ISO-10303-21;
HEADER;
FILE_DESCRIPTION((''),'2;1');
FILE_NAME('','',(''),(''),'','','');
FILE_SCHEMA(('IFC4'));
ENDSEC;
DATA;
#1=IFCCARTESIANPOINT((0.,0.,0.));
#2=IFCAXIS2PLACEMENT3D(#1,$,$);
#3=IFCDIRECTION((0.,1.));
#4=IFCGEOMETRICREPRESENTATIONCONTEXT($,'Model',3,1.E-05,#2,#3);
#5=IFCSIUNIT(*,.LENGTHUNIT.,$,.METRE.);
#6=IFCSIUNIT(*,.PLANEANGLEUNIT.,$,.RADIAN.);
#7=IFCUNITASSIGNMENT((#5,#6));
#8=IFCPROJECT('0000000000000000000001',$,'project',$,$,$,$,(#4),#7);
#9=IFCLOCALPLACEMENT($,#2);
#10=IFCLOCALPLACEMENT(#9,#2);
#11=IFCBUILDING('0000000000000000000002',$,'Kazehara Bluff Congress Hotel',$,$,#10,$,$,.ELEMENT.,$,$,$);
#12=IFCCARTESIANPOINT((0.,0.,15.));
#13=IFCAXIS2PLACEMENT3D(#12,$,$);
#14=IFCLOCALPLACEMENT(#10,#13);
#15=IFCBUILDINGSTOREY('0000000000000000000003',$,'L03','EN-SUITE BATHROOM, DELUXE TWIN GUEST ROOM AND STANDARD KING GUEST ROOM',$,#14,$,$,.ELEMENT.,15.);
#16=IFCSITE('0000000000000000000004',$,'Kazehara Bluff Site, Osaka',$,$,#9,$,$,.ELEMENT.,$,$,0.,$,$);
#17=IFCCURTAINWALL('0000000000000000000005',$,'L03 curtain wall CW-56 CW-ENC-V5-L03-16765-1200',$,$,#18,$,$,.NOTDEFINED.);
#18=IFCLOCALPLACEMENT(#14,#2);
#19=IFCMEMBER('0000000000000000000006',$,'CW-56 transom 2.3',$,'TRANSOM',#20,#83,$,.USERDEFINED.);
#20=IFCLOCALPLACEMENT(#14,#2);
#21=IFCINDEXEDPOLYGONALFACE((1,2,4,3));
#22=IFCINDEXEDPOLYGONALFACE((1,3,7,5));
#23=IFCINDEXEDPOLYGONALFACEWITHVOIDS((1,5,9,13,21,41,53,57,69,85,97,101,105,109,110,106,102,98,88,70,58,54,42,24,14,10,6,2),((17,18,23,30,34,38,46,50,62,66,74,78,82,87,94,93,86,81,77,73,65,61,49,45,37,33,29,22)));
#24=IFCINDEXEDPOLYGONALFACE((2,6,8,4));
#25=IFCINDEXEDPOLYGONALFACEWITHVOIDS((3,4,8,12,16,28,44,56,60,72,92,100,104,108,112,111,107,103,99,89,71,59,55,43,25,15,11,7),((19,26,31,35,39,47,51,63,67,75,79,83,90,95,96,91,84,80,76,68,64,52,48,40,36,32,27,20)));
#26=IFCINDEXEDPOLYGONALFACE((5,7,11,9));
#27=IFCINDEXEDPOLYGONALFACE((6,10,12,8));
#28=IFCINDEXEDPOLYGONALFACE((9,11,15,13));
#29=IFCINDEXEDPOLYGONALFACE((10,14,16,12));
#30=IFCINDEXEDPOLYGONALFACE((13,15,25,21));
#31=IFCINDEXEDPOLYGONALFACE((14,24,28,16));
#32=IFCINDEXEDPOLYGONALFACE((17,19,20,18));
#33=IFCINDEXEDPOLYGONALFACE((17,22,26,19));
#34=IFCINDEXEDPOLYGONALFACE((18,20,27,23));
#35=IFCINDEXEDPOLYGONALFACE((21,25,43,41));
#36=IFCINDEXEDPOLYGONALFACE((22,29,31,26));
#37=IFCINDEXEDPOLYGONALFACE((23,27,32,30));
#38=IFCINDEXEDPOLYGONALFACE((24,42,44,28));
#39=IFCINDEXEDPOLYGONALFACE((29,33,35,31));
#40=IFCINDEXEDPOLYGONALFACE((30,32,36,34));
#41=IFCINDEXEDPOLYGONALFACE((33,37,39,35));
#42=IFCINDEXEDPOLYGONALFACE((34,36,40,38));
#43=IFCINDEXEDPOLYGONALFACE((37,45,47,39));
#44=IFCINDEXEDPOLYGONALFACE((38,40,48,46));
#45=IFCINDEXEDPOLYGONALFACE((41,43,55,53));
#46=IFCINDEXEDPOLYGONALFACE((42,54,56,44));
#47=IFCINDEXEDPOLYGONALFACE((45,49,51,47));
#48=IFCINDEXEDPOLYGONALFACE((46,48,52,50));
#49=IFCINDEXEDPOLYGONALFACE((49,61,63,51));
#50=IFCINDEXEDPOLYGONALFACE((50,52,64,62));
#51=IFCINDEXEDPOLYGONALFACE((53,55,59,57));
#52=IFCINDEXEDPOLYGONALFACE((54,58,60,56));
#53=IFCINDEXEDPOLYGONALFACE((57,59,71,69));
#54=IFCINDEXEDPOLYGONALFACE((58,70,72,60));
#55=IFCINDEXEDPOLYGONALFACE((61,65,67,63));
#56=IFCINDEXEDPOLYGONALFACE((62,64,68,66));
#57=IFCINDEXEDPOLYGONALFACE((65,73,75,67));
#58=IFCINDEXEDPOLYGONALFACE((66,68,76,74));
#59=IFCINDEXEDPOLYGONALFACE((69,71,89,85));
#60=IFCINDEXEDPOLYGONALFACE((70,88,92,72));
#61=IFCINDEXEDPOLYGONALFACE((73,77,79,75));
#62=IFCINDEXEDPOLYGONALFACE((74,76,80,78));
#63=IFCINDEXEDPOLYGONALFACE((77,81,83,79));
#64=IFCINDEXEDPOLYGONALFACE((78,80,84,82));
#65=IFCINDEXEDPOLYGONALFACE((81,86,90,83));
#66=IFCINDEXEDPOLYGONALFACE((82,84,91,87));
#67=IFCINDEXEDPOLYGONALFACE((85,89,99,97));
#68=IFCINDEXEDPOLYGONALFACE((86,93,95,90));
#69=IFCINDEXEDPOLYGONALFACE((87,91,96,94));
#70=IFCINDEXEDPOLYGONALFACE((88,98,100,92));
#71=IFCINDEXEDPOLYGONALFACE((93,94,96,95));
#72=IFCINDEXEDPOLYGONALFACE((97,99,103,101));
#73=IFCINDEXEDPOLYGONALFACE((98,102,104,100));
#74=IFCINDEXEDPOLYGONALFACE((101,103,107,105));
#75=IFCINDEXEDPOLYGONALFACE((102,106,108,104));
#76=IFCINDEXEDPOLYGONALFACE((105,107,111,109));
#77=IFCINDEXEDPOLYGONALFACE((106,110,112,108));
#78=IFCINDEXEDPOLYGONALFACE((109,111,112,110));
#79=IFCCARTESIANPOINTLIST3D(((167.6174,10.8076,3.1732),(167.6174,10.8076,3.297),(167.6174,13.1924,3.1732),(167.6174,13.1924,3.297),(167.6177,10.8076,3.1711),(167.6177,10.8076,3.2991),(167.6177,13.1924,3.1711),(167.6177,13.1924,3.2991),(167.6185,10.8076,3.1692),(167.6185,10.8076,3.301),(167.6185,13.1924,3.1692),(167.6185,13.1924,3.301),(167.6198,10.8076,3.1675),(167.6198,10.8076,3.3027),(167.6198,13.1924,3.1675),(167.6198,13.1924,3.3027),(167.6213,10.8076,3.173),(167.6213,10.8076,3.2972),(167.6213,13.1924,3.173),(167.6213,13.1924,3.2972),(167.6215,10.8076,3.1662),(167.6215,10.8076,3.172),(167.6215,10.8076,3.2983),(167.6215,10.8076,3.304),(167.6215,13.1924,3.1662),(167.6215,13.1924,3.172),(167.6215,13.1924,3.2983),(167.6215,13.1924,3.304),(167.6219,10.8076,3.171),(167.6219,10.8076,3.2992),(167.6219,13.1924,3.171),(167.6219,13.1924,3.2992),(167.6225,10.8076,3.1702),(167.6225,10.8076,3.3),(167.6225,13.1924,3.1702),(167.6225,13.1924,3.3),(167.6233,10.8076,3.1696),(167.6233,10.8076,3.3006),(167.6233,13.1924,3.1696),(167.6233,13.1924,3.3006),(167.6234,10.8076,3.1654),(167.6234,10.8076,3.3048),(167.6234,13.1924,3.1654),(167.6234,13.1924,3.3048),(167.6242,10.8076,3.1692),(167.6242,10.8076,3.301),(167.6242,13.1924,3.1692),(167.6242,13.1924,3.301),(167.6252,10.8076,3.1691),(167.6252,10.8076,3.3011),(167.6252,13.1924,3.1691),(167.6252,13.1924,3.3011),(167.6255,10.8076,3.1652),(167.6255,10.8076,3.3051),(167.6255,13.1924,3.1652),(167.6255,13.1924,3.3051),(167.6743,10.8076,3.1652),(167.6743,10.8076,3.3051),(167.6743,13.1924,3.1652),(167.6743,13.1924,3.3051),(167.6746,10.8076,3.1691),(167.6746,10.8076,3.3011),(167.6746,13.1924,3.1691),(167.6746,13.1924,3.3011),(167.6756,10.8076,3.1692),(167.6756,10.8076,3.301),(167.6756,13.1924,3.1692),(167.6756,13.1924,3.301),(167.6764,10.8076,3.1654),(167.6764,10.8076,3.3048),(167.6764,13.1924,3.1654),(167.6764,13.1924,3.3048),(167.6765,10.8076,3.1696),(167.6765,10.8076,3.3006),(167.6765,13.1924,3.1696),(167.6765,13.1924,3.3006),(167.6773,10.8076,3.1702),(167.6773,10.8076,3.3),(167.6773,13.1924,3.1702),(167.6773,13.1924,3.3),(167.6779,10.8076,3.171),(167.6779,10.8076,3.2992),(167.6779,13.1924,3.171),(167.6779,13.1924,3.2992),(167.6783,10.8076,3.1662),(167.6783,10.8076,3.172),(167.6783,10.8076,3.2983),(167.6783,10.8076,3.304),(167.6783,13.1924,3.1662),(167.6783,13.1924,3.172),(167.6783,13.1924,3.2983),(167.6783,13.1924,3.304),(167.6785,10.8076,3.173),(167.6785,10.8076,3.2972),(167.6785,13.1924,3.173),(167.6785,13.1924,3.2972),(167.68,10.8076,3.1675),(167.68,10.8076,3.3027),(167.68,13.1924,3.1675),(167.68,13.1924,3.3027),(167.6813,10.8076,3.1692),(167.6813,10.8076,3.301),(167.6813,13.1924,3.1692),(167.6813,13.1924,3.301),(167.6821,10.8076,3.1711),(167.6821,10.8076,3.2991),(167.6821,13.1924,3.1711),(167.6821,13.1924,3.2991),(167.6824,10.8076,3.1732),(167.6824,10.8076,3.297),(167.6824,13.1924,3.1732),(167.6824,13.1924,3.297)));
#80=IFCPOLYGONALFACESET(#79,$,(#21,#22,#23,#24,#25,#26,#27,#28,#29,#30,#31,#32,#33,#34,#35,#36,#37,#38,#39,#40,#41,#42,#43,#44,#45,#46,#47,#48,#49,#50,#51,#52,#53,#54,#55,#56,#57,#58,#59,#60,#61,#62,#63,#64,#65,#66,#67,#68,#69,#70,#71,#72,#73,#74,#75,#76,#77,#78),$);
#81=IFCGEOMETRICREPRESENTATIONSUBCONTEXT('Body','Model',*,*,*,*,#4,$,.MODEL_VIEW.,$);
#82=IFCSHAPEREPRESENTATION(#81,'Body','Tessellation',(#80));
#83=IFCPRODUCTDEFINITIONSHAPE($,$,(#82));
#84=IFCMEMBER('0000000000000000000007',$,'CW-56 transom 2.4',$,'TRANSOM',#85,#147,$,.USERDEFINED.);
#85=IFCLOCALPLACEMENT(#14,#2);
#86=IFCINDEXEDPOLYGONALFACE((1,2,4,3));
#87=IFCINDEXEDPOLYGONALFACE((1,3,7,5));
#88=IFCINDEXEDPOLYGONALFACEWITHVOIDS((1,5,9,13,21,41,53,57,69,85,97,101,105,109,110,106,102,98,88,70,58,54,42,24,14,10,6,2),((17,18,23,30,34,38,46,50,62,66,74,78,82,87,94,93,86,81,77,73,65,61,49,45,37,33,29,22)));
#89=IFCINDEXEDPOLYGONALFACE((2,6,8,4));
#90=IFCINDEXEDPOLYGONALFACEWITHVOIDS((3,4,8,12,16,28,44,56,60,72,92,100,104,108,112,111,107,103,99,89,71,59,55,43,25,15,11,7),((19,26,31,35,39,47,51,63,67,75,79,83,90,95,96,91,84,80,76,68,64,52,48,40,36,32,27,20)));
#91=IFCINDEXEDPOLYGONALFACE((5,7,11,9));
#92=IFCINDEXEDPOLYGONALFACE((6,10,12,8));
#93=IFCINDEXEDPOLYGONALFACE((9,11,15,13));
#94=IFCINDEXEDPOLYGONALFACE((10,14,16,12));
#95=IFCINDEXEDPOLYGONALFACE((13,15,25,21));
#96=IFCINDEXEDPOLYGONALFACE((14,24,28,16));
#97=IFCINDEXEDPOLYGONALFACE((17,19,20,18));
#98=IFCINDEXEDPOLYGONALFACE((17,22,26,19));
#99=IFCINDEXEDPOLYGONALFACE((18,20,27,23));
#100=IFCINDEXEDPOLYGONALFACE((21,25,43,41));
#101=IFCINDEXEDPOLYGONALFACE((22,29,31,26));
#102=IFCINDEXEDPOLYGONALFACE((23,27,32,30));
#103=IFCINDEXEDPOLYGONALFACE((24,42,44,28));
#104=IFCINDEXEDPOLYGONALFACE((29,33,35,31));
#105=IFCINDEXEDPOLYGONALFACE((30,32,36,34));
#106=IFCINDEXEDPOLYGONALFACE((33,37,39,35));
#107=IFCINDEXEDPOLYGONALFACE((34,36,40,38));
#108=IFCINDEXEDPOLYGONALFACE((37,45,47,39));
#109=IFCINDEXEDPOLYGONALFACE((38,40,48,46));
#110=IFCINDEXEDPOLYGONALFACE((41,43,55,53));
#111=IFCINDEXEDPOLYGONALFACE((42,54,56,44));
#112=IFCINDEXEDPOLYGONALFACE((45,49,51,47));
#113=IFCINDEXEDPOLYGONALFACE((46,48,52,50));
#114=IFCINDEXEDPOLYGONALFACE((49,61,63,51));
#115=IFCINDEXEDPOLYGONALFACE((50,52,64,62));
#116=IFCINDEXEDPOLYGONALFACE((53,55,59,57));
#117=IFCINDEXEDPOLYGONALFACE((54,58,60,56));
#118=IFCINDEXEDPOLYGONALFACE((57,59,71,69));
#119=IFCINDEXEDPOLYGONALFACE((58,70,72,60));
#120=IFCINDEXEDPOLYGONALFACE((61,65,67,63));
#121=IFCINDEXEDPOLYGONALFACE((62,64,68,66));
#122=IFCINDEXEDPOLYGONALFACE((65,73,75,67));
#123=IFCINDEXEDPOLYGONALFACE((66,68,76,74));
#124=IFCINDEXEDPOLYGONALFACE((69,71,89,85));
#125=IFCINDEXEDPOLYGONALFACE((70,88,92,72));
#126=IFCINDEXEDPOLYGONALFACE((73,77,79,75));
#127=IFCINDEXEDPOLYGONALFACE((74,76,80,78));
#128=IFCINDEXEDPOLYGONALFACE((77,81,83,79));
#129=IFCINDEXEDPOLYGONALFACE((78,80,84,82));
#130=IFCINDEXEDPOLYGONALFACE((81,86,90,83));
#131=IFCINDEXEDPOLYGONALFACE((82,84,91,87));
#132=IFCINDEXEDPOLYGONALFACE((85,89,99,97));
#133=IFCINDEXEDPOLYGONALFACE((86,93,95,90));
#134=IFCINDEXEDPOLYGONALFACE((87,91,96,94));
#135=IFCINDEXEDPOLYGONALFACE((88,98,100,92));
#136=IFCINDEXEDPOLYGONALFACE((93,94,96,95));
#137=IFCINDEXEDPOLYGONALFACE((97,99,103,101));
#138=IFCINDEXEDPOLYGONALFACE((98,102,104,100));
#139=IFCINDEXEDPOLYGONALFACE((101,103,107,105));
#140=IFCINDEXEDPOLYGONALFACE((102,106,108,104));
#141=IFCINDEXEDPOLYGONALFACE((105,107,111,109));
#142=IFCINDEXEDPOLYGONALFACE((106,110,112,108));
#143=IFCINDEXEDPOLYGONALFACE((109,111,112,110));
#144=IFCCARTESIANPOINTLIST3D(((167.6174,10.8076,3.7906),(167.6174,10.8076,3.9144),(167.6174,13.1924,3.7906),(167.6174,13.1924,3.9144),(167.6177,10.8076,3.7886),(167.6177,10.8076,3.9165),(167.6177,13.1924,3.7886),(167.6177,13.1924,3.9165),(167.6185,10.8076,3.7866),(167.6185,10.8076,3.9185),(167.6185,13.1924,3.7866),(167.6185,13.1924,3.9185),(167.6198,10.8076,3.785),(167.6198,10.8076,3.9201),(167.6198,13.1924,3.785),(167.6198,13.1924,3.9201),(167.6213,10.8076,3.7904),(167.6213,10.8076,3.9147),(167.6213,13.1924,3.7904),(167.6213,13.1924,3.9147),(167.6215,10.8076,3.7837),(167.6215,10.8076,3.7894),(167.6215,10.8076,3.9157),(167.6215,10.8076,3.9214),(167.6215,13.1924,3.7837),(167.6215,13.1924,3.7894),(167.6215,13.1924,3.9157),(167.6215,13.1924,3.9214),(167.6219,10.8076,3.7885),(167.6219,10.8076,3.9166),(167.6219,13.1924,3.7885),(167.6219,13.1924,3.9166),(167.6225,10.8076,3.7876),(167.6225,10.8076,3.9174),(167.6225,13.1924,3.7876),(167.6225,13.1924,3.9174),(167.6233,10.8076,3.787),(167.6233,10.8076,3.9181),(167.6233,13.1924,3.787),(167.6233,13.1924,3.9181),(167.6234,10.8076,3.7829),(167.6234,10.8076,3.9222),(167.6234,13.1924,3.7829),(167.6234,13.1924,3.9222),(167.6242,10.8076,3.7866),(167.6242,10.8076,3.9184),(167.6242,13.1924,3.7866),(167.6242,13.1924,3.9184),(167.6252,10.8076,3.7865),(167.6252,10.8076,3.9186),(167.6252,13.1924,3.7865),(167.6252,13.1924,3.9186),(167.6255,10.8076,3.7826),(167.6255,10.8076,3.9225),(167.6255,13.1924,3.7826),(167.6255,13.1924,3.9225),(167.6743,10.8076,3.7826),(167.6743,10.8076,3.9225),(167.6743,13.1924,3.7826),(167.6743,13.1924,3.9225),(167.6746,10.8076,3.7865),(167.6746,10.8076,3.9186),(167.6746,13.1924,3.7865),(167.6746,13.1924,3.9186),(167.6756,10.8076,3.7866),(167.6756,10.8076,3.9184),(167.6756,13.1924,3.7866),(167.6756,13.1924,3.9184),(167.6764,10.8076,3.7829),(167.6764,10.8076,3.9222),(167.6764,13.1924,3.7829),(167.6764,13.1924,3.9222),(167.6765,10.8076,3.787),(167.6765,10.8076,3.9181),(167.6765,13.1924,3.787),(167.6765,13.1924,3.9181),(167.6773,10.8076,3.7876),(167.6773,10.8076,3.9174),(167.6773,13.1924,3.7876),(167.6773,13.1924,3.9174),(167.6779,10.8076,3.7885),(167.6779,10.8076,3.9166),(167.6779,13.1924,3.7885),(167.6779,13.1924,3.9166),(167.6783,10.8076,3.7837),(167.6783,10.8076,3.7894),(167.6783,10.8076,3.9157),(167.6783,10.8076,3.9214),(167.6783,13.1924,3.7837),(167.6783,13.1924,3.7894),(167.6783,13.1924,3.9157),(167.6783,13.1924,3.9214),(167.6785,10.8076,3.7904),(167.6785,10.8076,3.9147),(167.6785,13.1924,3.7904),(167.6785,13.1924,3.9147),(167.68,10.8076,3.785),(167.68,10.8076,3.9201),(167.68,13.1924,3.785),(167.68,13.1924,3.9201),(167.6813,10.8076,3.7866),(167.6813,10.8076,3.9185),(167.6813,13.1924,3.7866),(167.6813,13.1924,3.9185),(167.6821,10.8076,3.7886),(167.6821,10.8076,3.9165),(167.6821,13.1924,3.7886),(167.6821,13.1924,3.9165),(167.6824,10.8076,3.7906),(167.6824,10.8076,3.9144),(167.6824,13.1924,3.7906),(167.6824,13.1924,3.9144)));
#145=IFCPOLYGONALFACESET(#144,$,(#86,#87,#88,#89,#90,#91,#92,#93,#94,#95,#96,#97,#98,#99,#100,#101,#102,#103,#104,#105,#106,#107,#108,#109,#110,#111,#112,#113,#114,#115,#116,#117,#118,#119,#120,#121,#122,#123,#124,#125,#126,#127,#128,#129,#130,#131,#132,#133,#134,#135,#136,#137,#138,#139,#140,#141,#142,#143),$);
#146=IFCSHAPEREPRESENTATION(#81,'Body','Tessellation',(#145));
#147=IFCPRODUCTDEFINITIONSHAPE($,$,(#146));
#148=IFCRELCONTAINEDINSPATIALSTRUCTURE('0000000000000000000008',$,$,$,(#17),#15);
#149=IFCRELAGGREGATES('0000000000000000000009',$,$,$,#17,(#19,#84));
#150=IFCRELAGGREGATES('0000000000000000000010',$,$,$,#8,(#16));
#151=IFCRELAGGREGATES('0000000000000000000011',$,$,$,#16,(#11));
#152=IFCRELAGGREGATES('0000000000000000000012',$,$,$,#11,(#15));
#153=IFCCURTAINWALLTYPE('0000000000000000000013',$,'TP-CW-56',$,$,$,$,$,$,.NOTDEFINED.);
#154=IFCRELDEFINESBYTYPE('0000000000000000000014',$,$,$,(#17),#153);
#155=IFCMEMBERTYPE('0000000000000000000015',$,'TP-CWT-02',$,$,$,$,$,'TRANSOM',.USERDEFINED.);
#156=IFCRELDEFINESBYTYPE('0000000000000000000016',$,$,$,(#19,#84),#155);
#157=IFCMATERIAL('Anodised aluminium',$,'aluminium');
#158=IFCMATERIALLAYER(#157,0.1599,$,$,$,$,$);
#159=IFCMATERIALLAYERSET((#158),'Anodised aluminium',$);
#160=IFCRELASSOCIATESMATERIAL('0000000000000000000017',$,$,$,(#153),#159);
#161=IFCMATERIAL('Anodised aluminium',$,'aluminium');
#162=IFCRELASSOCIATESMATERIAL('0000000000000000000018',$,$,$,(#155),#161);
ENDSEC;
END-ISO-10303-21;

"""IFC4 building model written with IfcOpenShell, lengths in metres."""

from ifc_helpers import new_model, si_unit, direction, frame, origin, origin_2d, place, context, subcontext, project, spatial, hollow_rectangle, extrude, material, layer, layer_set, material_profile, profile_set, type_object, element, aggregate, save


model = new_model("IFC4")

# Units and contexts
model_context = context("Model", 3, precision=1e-05, world=origin(), true_north=direction((0.0, 1.0)))
body_context = subcontext(model_context, "Body", "Model", "MODEL_VIEW")
ifc_project = project(units=[si_unit("LENGTHUNIT", "METRE"), si_unit("PLANEANGLEUNIT", "RADIAN")], contexts=[model_context])

# Site, building, storey
site_placement = place(None, origin())
site = spatial("IfcSite", under=ifc_project, at=site_placement, Name="Kazehara Bluff Site, Osaka", CompositionType="ELEMENT", RefElevation=0.0)
building_placement = place(site_placement, origin())
building = spatial("IfcBuilding", under=site, at=building_placement, Name="Kazehara Bluff Congress Hotel", CompositionType="ELEMENT")
storey_placement = place(building_placement, frame((0.0, 0.0, 15.0)))
storey = spatial("IfcBuildingStorey", under=building, at=storey_placement, Name="L03", Description="EN-SUITE BATHROOM, DELUXE TWIN GUEST ROOM AND STANDARD KING GUEST ROOM", CompositionType="ELEMENT", Elevation=15.0)

# Curtain wall
ifc_material_1 = material(Name="Anodised aluminium", Category="aluminium")
ifc_layer_1 = layer(ifc_material_1, 0.1599)
ifc_layer_set_1 = layer_set([ifc_layer_1], Name="Anodised aluminium")
curtain_wall_type_1 = type_object("IfcCurtainWallType", Name="TP-CW-56", PredefinedType="NOTDEFINED", material=ifc_layer_set_1)
curtain_wall_1_placement = place(storey_placement, origin())
curtain_wall_1 = element("IfcCurtainWall", 1, at=curtain_wall_1_placement, inside=storey, type_object=curtain_wall_type_1, Name="L03 curtain wall CW-56 CW-ENC-V5-L03-16765-1200", PredefinedType="NOTDEFINED")

# Members
ifc_material_2 = material(Name="Anodised aluminium", Category="aluminium")
ifc_material_profile_1 = material_profile(ifc_material_2, hollow_rectangle(XDim=0.0649, YDim=0.1399, WallThickness=0.0039, InnerFilletRadius=0.0039, OuterFilletRadius=0.0081, at=origin_2d()))
ifc_profile_set_1 = profile_set([ifc_material_profile_1], Name="Anodised aluminium")
member_type_1 = type_object("IfcMemberType", Name="TP-CWT-02", ElementType="TRANSOM", PredefinedType="USERDEFINED", material=ifc_profile_set_1)
member_1_placement = place(storey_placement, frame((167.6499, 13.1924, 3.2351), z_axis=(0.0, -1.0, 0.0), x_axis=(1.0, 0.0, 0.0)))
member_1 = element("IfcMember", 2, at=member_1_placement, type_object=member_type_1, Name="CW-56 transom 2.3", ObjectType="TRANSOM", PredefinedType="USERDEFINED", context=body_context, shape_type="SweptSolid", body=[
    extrude(hollow_rectangle(XDim=0.0649, YDim=0.1399, WallThickness=0.0039, InnerFilletRadius=0.0039, OuterFilletRadius=0.0081, at=origin_2d()), origin(), (0.0, 0.0, 1.0), 2.3848),
])
member_2_placement = place(storey_placement, frame((167.6499, 13.1924, 3.8525), z_axis=(0.0, -1.0, 0.0), x_axis=(1.0, 0.0, 0.0)))
member_2 = element("IfcMember", 3, at=member_2_placement, type_object=member_type_1, Name="CW-56 transom 2.4", ObjectType="TRANSOM", PredefinedType="USERDEFINED", context=body_context, shape_type="SweptSolid", body=[
    extrude(hollow_rectangle(XDim=0.0649, YDim=0.1399, WallThickness=0.0039, InnerFilletRadius=0.0039, OuterFilletRadius=0.0081, at=origin_2d()), origin(), (0.0, 0.0, 1.0), 2.3848),
])

aggregate(curtain_wall_1, [member_1, member_2])

save(model, "model.ifc")
